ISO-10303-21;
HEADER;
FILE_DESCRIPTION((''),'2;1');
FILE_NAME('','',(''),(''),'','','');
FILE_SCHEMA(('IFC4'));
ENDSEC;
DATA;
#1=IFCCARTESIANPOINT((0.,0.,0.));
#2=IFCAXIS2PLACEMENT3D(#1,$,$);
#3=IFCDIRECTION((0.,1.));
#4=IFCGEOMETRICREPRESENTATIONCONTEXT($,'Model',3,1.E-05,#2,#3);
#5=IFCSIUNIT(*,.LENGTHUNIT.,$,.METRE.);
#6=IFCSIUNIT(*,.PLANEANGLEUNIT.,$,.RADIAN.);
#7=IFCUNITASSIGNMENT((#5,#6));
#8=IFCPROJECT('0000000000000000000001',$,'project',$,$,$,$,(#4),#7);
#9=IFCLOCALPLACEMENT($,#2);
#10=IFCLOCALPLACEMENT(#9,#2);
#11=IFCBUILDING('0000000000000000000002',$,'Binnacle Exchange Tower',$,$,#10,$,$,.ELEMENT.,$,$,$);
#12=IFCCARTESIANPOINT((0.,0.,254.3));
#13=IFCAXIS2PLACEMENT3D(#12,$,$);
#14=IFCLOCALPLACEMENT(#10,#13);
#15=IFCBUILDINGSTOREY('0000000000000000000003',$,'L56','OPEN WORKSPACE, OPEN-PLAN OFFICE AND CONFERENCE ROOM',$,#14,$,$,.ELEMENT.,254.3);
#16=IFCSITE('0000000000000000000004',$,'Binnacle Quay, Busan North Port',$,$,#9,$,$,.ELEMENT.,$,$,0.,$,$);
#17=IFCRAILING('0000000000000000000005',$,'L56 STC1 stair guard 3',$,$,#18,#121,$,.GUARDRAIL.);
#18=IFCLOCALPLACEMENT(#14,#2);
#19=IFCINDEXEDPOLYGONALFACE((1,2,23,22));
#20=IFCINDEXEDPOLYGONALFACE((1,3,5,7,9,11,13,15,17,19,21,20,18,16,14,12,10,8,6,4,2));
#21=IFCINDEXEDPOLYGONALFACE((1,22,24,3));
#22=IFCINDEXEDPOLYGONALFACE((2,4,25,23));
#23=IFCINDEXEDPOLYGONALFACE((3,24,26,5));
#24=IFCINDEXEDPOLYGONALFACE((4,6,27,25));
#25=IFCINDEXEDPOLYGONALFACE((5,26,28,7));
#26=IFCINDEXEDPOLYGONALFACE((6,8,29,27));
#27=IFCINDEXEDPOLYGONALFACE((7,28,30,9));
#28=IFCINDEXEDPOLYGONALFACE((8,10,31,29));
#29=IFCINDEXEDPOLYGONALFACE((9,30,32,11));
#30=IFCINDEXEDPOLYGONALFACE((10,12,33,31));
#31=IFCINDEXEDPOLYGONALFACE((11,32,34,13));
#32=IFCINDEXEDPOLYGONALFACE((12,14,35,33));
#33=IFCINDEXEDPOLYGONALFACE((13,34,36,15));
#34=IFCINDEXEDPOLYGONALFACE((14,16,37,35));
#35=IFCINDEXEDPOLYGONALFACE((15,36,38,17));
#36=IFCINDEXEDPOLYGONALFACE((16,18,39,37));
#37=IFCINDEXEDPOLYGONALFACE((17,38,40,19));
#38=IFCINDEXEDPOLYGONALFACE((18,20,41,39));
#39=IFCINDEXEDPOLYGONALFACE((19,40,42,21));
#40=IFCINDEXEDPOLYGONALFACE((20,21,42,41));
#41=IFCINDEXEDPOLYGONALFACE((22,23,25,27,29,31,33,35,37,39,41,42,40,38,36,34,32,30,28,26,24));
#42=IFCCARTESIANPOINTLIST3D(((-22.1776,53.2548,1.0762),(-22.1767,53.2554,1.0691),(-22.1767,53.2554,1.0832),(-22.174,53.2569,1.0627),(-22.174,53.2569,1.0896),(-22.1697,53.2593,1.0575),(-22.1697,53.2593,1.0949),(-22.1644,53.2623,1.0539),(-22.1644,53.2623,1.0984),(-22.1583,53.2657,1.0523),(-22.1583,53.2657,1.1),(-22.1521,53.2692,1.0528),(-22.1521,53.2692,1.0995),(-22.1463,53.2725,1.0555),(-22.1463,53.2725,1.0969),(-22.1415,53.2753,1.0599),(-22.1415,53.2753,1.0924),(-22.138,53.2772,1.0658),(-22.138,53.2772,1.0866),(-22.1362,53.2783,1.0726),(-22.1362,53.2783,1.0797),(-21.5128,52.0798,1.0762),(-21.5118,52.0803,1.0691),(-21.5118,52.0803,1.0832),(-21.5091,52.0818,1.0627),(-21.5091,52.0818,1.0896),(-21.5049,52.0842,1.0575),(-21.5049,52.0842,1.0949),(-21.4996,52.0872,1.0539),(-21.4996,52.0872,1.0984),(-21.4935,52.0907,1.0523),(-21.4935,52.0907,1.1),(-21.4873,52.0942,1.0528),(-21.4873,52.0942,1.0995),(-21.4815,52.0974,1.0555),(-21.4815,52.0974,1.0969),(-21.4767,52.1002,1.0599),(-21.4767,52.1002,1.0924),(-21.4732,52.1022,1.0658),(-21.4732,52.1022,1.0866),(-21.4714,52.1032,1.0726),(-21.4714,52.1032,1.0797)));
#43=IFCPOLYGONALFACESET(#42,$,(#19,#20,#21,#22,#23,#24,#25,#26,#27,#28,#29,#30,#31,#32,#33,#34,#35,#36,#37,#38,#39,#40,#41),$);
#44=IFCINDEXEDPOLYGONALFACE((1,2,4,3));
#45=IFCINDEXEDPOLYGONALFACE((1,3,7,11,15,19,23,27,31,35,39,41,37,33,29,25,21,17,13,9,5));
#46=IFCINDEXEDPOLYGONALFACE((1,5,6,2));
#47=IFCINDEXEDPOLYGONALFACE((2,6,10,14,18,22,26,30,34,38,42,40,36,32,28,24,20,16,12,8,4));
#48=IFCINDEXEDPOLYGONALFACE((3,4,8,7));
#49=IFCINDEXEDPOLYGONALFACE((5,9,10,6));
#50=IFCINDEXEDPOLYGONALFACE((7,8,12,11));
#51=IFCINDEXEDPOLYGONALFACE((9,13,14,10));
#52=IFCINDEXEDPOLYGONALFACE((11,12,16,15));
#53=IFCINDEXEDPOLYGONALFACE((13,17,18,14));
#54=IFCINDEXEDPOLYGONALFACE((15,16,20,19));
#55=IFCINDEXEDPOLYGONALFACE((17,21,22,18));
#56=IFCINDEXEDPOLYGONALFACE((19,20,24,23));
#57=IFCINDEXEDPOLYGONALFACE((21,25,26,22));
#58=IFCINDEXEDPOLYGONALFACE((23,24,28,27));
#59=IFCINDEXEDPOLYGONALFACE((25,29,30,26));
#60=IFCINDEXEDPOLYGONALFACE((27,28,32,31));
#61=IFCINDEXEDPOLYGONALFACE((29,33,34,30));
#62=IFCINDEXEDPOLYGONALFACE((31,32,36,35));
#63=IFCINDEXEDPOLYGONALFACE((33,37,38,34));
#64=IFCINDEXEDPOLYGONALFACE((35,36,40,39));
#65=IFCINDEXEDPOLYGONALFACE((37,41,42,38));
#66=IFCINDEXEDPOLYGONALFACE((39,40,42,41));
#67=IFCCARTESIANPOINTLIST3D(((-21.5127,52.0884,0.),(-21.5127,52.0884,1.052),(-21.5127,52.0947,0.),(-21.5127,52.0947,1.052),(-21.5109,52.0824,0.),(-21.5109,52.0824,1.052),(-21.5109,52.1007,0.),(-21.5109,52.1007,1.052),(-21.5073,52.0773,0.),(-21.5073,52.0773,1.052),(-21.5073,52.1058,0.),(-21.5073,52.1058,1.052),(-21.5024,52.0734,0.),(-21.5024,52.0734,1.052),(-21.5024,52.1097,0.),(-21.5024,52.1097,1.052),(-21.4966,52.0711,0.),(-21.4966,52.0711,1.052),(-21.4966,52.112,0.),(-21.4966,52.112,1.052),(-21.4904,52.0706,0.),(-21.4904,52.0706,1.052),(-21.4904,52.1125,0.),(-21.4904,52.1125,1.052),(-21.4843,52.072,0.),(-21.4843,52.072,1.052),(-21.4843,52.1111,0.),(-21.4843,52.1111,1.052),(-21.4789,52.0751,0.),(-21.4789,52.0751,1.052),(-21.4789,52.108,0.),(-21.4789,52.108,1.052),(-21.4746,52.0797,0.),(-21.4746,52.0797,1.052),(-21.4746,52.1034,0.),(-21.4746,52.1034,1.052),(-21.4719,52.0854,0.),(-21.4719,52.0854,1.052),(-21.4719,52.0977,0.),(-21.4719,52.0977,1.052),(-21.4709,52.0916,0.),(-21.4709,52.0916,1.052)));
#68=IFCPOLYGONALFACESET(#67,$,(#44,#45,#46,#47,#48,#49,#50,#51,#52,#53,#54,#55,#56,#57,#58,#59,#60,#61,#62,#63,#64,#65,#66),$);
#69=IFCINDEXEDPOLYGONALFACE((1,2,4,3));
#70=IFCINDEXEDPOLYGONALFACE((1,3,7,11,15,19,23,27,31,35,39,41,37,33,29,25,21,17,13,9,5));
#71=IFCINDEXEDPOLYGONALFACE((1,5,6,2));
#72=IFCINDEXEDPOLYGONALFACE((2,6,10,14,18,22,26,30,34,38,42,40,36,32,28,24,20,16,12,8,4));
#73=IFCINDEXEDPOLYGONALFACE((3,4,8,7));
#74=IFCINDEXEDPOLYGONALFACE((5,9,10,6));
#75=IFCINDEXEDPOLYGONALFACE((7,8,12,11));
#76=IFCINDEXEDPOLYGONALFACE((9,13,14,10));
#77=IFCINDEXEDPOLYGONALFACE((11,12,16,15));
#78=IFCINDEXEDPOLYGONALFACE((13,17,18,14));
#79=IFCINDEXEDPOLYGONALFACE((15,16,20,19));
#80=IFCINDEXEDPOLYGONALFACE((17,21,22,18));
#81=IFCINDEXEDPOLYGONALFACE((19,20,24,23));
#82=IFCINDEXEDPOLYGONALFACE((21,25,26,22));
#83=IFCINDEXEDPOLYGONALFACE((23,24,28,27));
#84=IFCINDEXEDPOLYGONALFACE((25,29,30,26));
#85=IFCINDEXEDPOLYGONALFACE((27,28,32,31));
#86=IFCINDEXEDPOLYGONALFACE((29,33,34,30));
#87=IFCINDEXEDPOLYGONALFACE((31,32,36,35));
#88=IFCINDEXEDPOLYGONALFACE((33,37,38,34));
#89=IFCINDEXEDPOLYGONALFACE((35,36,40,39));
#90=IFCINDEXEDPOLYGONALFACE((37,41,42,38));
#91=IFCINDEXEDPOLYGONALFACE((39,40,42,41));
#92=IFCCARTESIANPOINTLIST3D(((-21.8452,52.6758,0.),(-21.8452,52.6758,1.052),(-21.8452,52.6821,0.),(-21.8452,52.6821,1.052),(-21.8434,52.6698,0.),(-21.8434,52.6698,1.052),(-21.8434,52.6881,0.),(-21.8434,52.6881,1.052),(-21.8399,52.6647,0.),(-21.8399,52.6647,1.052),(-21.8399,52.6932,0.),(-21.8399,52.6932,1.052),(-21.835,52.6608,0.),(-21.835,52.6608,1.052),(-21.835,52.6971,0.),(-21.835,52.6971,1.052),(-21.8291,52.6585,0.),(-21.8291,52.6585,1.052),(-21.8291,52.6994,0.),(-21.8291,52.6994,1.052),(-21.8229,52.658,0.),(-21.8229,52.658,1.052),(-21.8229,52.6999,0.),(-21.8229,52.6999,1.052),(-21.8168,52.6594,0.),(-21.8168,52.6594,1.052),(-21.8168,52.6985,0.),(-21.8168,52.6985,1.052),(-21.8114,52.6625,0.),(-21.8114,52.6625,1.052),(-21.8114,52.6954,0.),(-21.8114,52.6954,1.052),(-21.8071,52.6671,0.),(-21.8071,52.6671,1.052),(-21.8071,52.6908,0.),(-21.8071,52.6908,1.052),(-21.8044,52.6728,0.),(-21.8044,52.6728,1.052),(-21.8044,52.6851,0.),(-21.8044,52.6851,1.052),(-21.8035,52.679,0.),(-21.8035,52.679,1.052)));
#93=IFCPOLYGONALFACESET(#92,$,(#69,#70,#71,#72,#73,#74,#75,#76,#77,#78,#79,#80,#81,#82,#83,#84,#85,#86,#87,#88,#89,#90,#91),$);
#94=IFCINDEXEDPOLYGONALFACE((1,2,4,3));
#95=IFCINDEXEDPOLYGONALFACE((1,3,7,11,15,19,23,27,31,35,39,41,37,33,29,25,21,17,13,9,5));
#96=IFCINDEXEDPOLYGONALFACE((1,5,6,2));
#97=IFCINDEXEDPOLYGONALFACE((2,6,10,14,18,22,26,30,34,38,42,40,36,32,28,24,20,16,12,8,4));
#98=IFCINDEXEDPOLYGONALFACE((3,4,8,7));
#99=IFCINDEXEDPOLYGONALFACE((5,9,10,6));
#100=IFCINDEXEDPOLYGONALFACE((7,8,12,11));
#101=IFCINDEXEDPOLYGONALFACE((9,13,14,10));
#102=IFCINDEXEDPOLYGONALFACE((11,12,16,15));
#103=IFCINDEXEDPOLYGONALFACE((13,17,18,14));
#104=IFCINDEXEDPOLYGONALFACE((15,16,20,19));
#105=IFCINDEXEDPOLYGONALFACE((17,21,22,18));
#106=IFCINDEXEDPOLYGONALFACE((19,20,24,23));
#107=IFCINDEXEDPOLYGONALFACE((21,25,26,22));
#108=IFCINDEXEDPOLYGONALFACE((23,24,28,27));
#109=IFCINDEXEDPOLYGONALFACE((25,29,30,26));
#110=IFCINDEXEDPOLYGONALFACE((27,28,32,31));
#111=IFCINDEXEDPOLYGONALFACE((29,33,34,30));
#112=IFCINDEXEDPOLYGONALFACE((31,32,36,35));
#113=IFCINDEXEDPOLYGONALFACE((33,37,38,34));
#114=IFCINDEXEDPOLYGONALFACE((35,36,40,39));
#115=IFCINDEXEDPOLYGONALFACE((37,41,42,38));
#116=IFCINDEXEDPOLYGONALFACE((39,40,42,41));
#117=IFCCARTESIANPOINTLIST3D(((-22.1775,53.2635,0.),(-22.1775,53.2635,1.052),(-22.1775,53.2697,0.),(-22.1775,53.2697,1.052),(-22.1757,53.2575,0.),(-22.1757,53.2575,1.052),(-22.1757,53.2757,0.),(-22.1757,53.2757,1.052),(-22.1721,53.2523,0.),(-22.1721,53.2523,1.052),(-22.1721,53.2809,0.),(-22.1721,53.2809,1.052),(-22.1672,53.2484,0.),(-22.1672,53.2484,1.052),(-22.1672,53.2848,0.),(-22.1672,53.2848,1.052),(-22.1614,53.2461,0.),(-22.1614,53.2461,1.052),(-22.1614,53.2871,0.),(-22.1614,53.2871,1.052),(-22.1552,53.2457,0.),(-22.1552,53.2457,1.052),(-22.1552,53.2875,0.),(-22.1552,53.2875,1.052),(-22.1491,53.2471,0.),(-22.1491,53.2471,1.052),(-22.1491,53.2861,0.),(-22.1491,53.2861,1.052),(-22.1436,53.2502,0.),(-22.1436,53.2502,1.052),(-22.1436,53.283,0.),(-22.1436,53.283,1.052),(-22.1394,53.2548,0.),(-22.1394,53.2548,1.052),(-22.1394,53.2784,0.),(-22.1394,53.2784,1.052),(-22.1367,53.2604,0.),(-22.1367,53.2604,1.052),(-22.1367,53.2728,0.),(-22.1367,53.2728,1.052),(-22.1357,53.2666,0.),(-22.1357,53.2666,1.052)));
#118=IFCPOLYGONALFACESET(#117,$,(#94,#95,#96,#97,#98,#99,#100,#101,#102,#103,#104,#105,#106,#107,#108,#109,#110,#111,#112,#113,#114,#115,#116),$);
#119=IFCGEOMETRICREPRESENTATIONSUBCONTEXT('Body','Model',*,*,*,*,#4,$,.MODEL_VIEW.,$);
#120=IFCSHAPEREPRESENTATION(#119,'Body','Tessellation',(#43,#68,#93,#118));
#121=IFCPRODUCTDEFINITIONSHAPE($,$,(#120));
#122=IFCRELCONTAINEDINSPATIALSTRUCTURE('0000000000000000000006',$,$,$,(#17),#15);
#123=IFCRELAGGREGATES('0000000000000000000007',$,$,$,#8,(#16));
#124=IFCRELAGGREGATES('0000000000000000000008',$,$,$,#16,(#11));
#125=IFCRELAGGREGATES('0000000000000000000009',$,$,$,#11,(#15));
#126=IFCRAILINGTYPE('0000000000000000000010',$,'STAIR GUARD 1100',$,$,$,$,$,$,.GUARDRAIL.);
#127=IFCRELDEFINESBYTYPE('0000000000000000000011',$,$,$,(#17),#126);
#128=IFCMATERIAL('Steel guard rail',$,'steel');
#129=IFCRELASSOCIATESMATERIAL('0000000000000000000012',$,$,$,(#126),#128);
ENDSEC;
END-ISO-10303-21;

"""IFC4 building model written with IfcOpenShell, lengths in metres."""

from ifc_helpers import new_model, si_unit, direction, frame, origin, origin_2d, place, context, subcontext, project, spatial, circle, extrude, material, type_object, element, save


model = new_model("IFC4")

# Units and contexts
model_context = context("Model", 3, precision=1e-05, world=origin(), true_north=direction((0.0, 1.0)))
body_context = subcontext(model_context, "Body", "Model", "MODEL_VIEW")
ifc_project = project(units=[si_unit("LENGTHUNIT", "METRE"), si_unit("PLANEANGLEUNIT", "RADIAN")], contexts=[model_context])

# Site, building, storey
site_placement = place(None, origin())
site = spatial("IfcSite", under=ifc_project, at=site_placement, Name="Binnacle Quay, Busan North Port", CompositionType="ELEMENT", RefElevation=0.0)
building_placement = place(site_placement, origin())
building = spatial("IfcBuilding", under=site, at=building_placement, Name="Binnacle Exchange Tower", CompositionType="ELEMENT")
storey_placement = place(building_placement, frame((0.0, 0.0, 254.3)))
storey = spatial("IfcBuildingStorey", under=building, at=storey_placement, Name="L56", Description="OPEN WORKSPACE, OPEN-PLAN OFFICE AND CONFERENCE ROOM", CompositionType="ELEMENT", Elevation=254.3)

# Railing
ifc_material_1 = material(Name="Steel guard rail", Category="steel")
railing_type_1 = type_object("IfcRailingType", Name="STAIR GUARD 1100", PredefinedType="GUARDRAIL", material=ifc_material_1)
railing_1_placement = place(storey_placement, frame((-21.4919, 52.0916, 0.0)))
element("IfcRailing", 1, at=railing_1_placement, inside=storey, type_object=railing_type_1, Name="L56 STC1 stair guard 3", PredefinedType="GUARDRAIL", context=body_context, shape_type="SweptSolid", body=[
    extrude(circle(Radius=0.0239, at=origin_2d()), frame((0.0, 0.0, 1.0762), z_axis=(-0.492415, 0.870361, 0.0), x_axis=(-0.870361, -0.492415, 0.0)), (0.0, 0.0, 1.0), 1.3501),
    extrude(circle(Radius=0.021, at=origin_2d()), origin(), (0.0, 0.0, 1.0), 1.052),
    extrude(circle(Radius=0.021, at=origin_2d()), frame((-0.3325, 0.5874, 0.0)), (0.0, 0.0, 1.0), 1.052),
    extrude(circle(Radius=0.021, at=origin_2d()), frame((-0.6648, 1.175, 0.0)), (0.0, 0.0, 1.0), 1.052),
])

save(model, "model.ifc")
